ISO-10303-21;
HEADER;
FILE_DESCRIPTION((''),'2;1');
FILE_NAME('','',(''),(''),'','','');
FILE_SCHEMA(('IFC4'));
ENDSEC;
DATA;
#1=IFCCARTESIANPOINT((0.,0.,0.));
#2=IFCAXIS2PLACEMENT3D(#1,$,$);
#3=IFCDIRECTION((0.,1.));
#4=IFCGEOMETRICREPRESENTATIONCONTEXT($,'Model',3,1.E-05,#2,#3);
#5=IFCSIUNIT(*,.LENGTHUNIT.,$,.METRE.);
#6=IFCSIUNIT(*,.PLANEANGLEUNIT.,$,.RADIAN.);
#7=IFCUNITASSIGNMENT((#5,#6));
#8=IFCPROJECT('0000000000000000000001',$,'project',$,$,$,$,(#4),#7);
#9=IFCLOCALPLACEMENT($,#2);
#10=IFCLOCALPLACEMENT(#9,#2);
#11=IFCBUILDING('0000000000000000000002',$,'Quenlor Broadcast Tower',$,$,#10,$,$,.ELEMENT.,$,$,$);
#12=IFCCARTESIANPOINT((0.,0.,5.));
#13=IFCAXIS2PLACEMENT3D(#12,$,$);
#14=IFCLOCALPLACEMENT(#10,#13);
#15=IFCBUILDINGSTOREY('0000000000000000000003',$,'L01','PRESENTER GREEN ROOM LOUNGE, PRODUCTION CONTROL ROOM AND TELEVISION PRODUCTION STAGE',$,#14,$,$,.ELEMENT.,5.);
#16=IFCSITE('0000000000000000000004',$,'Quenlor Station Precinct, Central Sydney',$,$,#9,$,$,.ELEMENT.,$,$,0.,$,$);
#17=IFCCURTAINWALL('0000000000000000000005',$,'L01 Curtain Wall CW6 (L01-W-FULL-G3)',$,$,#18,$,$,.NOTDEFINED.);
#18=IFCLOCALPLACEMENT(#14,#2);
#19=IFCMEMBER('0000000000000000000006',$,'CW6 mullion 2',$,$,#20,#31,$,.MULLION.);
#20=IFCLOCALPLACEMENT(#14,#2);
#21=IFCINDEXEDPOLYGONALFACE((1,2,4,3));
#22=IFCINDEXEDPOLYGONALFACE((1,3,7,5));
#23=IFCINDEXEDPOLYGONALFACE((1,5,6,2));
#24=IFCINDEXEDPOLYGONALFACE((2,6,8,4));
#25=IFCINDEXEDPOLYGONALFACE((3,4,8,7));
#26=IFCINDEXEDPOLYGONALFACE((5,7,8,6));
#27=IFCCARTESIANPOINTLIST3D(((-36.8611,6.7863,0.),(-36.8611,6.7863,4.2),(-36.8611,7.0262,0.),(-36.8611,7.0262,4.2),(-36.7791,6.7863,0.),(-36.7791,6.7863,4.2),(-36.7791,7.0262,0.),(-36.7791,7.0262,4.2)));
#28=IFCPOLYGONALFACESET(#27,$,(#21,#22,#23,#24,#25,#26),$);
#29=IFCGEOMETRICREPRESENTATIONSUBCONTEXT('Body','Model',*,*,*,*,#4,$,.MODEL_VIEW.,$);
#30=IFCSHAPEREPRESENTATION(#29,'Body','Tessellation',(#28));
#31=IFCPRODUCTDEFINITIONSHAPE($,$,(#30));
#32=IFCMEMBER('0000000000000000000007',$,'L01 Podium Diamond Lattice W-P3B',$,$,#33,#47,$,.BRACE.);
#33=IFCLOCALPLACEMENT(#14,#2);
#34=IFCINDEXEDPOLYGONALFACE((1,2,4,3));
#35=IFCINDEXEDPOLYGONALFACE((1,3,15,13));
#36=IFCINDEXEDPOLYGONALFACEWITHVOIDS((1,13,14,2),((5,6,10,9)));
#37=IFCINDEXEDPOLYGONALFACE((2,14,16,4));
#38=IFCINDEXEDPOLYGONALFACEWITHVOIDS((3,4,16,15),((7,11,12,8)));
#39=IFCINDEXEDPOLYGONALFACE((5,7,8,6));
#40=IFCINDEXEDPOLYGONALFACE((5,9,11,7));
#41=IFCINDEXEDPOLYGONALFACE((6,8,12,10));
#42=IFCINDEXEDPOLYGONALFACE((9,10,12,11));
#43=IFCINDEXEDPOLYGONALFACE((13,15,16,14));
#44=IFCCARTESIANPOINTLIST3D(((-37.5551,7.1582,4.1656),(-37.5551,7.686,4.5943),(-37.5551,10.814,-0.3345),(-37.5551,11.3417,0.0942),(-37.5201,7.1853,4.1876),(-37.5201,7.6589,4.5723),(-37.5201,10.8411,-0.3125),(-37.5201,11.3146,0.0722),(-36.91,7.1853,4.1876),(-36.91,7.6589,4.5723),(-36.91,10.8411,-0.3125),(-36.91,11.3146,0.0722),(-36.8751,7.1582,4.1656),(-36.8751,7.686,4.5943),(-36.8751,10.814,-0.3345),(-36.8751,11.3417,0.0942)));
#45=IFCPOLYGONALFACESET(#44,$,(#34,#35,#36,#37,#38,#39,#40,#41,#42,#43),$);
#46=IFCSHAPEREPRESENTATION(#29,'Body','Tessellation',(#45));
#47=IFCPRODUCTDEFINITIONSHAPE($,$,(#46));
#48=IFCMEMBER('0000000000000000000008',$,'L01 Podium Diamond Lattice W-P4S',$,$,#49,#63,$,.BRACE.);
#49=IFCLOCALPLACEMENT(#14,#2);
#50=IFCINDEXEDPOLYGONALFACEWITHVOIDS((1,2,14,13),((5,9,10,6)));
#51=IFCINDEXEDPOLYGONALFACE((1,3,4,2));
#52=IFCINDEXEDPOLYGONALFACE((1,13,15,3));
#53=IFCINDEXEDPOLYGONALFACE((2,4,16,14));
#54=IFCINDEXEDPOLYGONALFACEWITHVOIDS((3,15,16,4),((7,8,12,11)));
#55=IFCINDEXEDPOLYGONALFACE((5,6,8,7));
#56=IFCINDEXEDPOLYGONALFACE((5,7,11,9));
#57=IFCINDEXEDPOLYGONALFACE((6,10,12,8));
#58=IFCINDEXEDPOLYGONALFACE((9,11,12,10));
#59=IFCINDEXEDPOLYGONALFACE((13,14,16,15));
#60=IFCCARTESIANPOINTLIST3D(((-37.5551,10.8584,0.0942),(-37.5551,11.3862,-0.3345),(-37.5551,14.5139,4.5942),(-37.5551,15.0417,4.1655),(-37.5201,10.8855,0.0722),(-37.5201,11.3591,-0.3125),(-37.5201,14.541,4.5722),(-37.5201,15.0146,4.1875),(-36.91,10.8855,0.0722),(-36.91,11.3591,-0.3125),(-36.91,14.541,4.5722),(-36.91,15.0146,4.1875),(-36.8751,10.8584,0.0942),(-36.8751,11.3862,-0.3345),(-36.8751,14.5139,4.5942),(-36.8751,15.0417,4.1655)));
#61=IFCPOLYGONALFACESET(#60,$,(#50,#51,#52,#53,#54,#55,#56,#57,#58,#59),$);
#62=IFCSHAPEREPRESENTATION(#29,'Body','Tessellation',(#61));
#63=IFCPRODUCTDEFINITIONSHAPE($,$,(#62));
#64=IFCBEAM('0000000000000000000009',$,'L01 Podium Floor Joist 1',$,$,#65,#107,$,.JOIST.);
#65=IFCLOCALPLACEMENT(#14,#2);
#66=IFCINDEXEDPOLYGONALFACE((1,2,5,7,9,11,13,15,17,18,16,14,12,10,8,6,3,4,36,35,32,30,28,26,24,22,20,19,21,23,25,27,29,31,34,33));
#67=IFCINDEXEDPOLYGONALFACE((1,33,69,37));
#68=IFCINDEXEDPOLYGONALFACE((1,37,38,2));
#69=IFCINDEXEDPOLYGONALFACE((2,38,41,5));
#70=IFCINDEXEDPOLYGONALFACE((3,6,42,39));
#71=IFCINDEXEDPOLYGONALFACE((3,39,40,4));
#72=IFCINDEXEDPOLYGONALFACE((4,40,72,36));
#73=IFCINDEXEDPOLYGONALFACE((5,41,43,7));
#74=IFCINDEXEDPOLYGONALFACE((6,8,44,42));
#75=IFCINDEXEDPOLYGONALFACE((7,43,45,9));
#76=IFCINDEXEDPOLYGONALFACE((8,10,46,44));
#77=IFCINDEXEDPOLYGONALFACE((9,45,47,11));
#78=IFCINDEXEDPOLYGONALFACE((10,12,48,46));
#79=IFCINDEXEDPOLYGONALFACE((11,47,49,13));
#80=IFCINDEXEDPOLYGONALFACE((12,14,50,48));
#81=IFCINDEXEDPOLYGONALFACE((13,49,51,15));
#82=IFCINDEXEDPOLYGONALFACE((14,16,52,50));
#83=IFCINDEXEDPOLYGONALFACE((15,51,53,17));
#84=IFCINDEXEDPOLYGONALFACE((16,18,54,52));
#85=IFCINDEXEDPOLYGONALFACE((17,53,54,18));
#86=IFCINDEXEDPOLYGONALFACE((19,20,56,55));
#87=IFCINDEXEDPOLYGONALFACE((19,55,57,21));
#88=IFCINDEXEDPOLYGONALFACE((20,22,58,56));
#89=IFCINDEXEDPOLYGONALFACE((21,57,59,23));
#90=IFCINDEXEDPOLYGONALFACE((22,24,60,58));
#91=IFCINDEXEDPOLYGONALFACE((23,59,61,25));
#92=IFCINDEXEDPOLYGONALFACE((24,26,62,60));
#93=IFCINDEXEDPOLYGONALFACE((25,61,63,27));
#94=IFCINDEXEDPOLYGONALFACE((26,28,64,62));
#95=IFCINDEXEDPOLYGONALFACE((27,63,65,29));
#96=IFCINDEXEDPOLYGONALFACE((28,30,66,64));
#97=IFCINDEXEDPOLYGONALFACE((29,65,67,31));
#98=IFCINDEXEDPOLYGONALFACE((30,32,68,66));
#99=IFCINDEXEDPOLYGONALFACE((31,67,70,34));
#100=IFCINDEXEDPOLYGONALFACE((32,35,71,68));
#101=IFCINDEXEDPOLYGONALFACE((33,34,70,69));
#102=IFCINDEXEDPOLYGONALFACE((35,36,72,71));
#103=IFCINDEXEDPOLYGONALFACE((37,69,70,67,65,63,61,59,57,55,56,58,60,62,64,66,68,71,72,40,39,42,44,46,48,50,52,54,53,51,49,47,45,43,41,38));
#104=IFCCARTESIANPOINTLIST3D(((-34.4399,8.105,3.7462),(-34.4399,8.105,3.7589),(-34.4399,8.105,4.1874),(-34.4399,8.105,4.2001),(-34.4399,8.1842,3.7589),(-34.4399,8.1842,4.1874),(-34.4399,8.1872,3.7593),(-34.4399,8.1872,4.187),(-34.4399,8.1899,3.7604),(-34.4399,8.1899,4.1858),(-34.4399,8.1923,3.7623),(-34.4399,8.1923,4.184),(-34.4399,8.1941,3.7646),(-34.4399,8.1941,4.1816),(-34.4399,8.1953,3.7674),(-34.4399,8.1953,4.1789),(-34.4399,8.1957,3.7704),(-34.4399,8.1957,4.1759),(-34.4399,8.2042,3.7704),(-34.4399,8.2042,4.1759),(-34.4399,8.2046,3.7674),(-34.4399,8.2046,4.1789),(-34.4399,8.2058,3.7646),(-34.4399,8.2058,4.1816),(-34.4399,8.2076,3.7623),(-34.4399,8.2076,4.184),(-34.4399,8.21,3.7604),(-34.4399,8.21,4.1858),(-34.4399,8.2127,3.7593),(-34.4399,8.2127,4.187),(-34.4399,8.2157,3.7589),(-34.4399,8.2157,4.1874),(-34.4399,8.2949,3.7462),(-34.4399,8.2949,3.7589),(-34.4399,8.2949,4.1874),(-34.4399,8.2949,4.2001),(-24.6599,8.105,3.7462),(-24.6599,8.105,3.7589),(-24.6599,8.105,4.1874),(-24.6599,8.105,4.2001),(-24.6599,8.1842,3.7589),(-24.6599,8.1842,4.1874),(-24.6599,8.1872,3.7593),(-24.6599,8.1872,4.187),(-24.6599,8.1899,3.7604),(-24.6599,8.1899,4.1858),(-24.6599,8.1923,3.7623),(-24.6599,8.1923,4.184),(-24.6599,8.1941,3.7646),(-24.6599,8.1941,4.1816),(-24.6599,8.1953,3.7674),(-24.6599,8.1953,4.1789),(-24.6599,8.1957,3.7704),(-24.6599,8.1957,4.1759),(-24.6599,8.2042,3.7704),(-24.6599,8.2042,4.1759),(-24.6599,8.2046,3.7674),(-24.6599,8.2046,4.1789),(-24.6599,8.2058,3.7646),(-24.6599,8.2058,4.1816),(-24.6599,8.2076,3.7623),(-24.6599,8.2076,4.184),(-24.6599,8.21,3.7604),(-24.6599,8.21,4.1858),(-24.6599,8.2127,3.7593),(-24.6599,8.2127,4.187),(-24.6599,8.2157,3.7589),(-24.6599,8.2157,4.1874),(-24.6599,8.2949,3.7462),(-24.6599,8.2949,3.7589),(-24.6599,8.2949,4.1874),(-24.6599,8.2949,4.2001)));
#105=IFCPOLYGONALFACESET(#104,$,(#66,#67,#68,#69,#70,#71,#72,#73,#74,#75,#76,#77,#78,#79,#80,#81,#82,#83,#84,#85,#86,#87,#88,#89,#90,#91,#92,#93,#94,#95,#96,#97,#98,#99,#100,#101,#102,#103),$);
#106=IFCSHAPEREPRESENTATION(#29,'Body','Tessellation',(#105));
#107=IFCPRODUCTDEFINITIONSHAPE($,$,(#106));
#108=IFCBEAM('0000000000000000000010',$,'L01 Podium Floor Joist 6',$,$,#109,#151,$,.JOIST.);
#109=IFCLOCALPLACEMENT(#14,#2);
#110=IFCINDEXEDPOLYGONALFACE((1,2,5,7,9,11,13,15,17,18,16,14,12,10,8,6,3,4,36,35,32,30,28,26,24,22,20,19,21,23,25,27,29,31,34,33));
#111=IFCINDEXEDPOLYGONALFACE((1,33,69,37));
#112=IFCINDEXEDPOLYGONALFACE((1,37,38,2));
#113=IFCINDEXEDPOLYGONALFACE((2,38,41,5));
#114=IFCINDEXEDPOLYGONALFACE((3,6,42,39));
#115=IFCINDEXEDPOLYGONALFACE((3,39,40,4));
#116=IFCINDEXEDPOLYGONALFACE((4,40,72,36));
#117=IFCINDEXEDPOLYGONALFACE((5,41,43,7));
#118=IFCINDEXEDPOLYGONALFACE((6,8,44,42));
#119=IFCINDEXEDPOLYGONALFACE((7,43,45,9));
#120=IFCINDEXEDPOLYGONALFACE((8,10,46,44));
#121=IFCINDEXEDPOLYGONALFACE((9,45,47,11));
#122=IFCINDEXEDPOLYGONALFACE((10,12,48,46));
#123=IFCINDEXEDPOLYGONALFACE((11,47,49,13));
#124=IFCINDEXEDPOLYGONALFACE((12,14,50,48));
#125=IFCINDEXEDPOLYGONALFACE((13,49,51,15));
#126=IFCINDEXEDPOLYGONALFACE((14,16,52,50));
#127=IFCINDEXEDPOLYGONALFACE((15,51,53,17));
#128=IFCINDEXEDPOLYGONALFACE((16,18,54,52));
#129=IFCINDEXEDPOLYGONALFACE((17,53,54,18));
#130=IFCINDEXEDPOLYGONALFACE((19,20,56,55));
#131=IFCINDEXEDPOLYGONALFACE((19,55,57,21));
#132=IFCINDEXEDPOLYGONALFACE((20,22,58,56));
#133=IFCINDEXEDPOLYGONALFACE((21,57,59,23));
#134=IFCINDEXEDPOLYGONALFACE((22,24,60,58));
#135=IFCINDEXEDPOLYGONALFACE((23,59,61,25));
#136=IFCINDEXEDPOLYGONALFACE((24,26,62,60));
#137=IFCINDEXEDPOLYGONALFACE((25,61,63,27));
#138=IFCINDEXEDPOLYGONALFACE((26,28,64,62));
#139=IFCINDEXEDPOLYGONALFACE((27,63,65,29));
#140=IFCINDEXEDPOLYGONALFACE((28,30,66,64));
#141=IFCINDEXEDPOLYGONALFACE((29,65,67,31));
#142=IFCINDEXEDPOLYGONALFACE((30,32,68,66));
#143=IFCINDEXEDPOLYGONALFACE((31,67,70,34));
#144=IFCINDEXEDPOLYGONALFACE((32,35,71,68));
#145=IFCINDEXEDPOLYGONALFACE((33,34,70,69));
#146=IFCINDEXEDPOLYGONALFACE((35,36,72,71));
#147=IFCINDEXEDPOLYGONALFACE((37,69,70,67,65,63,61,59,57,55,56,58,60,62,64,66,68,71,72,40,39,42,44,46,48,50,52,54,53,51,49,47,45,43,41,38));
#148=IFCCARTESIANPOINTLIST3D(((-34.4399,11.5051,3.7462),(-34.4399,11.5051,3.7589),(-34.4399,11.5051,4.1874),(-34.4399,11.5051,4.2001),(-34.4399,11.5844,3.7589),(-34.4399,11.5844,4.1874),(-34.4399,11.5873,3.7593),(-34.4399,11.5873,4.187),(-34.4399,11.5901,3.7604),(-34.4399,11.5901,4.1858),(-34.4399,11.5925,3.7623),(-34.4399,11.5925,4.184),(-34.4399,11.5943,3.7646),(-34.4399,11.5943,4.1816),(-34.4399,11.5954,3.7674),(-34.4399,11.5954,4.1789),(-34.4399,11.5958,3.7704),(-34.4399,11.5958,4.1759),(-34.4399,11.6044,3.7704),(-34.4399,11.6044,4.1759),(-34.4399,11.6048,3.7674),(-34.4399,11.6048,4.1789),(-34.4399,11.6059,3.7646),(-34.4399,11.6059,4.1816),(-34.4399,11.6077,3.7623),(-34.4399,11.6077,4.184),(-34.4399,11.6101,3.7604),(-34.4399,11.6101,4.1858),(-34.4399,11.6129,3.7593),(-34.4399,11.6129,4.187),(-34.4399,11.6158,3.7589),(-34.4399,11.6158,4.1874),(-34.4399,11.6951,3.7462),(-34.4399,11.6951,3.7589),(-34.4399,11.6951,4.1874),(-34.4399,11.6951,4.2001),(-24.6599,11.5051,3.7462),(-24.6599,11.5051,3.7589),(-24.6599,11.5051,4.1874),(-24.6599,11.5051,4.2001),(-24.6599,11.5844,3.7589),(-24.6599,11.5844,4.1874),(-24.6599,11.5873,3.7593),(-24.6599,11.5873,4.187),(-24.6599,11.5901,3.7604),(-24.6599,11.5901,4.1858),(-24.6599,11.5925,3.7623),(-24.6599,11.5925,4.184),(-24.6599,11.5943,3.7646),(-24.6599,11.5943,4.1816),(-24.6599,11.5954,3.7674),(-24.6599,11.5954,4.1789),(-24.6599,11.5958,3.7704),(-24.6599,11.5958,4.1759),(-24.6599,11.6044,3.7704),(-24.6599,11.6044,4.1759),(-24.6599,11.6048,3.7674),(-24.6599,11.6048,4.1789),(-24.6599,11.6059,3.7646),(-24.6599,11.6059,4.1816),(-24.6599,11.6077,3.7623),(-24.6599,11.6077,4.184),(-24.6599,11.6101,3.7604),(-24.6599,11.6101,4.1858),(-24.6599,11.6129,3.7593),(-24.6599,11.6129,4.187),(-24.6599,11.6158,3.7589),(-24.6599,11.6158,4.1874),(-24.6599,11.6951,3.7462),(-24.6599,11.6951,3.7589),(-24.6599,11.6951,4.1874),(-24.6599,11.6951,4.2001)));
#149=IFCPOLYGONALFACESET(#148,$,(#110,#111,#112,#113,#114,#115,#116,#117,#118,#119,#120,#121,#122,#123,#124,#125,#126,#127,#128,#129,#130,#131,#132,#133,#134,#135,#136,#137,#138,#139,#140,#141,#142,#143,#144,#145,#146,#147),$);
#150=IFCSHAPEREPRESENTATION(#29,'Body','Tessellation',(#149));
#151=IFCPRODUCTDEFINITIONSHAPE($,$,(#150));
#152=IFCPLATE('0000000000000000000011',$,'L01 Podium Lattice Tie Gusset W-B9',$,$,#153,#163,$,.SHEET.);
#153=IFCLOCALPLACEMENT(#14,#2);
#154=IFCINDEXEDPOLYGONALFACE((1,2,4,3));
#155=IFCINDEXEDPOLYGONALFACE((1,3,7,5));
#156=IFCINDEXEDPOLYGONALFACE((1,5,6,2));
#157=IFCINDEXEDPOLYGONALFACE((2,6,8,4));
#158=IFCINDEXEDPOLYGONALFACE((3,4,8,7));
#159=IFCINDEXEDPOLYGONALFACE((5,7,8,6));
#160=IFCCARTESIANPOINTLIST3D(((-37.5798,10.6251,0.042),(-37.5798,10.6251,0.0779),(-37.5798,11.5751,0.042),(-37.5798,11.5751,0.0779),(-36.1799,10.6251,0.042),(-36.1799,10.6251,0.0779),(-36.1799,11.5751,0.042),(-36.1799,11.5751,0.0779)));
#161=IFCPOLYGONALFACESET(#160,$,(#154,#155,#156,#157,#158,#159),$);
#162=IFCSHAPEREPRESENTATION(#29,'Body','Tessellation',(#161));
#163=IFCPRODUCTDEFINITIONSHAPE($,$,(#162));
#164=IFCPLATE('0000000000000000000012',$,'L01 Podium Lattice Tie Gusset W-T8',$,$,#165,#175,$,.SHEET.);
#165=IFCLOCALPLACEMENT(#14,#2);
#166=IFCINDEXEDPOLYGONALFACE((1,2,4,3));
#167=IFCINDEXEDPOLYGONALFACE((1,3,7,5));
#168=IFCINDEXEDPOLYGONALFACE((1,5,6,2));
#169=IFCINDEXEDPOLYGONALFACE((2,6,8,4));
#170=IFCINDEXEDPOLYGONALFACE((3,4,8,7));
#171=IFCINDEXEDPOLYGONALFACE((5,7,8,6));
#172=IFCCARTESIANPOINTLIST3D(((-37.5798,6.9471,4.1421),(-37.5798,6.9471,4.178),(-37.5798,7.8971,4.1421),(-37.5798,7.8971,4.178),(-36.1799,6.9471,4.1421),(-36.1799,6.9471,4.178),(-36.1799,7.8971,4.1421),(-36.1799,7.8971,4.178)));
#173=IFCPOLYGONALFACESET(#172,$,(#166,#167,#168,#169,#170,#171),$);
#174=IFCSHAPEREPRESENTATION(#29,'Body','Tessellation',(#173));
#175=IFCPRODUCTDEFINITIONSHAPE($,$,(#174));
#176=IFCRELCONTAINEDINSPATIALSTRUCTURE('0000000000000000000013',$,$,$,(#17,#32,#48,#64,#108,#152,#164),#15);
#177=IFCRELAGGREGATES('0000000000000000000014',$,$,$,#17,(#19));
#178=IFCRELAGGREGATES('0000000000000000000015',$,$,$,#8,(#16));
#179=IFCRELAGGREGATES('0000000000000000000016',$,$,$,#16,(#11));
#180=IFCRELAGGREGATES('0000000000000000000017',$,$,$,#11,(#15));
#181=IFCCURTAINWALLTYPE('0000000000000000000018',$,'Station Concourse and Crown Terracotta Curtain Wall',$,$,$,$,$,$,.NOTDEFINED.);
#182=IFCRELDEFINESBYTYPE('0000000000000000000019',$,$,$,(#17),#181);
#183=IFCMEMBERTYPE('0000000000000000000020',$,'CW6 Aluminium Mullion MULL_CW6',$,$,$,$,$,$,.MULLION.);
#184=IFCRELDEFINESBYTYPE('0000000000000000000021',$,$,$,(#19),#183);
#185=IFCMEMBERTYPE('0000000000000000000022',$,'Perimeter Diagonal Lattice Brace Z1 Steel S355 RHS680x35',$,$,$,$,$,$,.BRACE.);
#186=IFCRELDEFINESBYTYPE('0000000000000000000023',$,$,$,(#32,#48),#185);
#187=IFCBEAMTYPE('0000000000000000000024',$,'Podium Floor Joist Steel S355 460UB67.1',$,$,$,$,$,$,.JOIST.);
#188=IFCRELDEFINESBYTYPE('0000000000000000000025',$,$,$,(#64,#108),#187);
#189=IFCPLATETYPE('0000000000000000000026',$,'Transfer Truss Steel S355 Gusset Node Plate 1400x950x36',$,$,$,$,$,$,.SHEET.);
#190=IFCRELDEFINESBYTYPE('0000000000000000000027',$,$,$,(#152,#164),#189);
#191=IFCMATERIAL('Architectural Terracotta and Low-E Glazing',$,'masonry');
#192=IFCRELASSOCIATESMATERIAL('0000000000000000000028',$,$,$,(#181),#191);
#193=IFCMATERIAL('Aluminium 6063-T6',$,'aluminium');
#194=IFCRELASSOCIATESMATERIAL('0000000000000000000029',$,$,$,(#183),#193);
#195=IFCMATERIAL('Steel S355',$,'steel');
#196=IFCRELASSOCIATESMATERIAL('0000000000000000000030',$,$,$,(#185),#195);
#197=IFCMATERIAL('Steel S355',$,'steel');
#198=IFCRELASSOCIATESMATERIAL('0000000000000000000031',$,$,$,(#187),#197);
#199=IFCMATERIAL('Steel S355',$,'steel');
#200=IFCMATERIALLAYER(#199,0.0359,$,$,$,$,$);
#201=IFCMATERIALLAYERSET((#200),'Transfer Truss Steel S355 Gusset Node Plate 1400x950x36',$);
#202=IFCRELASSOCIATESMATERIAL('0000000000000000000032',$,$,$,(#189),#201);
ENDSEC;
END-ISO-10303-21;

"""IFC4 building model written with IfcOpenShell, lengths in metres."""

from ifc_helpers import new_model, si_unit, direction, frame, origin, origin_2d, place, context, subcontext, project, spatial, rectangle, hollow_rectangle, i_section, extrude, material, layer, layer_set, material_profile, profile_set, type_object, element, aggregate, save


model = new_model("IFC4")

# Units and contexts
model_context = context("Model", 3, precision=1e-05, world=origin(), true_north=direction((0.0, 1.0)))
body_context = subcontext(model_context, "Body", "Model", "MODEL_VIEW")
ifc_project = project(units=[si_unit("LENGTHUNIT", "METRE"), si_unit("PLANEANGLEUNIT", "RADIAN")], contexts=[model_context])

# Site, building, storey
site_placement = place(None, origin())
site = spatial("IfcSite", under=ifc_project, at=site_placement, Name="Quenlor Station Precinct, Central Sydney", CompositionType="ELEMENT", RefElevation=0.0)
building_placement = place(site_placement, origin())
building = spatial("IfcBuilding", under=site, at=building_placement, Name="Quenlor Broadcast Tower", CompositionType="ELEMENT")
storey_placement = place(building_placement, frame((0.0, 0.0, 5.0)))
storey = spatial("IfcBuildingStorey", under=building, at=storey_placement, Name="L01", Description="PRESENTER GREEN ROOM LOUNGE, PRODUCTION CONTROL ROOM AND TELEVISION PRODUCTION STAGE", CompositionType="ELEMENT", Elevation=5.0)

# Curtain wall, member
ifc_material_1 = material(Name="Architectural Terracotta and Low-E Glazing", Category="masonry")
curtain_wall_type = type_object("IfcCurtainWallType", Name="Station Concourse and Crown Terracotta Curtain Wall", PredefinedType="NOTDEFINED", material=ifc_material_1)
curtain_wall_placement = place(storey_placement, origin())
curtain_wall = element("IfcCurtainWall", 1, at=curtain_wall_placement, inside=storey, type_object=curtain_wall_type, Name="L01 Curtain Wall CW6 (L01-W-FULL-G3)", PredefinedType="NOTDEFINED")
ifc_material_2 = material(Name="Aluminium 6063-T6", Category="aluminium")
ifc_material_profile_1 = material_profile(ifc_material_2, rectangle(XDim=0.082, YDim=0.24, at=origin_2d()))
ifc_profile_set_1 = profile_set([ifc_material_profile_1], Name="Aluminium 6063-T6 MULL82x240")
member_type_1 = type_object("IfcMemberType", Name="CW6 Aluminium Mullion MULL_CW6", PredefinedType="MULLION", material=ifc_profile_set_1)
member_1_placement = place(storey_placement, frame((-36.8201, 6.9062, 0.0), z_axis=(0.0, 0.0, 1.0), x_axis=(-1.0, 0.0, 0.0)))
member_1 = element("IfcMember", 2, at=member_1_placement, type_object=member_type_1, Name="CW6 mullion 2", PredefinedType="MULLION", context=body_context, shape_type="SweptSolid", body=[
    extrude(rectangle(XDim=0.082, YDim=0.24, at=origin_2d()), origin(), (0.0, 0.0, 1.0), 4.2),
])
aggregate(curtain_wall, [member_1])

# Members
ifc_material_3 = material(Name="Steel S355", Category="steel")
ifc_material_profile_2 = material_profile(ifc_material_3, hollow_rectangle(XDim=0.6799, YDim=0.6799, WallThickness=0.0349, at=origin_2d()))
ifc_profile_set_2 = profile_set([ifc_material_profile_2], Name="Steel S355 RHS680x680x35")
member_type_2 = type_object("IfcMemberType", Name="Perimeter Diagonal Lattice Brace Z1 Steel S355 RHS680x35", PredefinedType="BRACE", material=ifc_profile_set_2)
member_2_placement = place(storey_placement, frame((-37.2151, 11.0779, -0.1201), z_axis=(0.0, -0.630542, 0.776155), x_axis=(1.0, 0.0, 0.0)))
element("IfcMember", 3, at=member_2_placement, inside=storey, type_object=member_type_2, Name="L01 Podium Diamond Lattice W-P3B", PredefinedType="BRACE", context=body_context, shape_type="SweptSolid", body=[
    extrude(hollow_rectangle(XDim=0.6799, YDim=0.6799, WallThickness=0.0349, at=origin_2d()), origin(), (0.0, 0.0, 1.0), 5.7979),
])
member_3_placement = place(storey_placement, frame((-37.2151, 11.1223, -0.1201), z_axis=(0.0, 0.630517, 0.776176), x_axis=(-1.0, 0.0, 0.0)))
element("IfcMember", 4, at=member_3_placement, inside=storey, type_object=member_type_2, Name="L01 Podium Diamond Lattice W-P4S", PredefinedType="BRACE", context=body_context, shape_type="SweptSolid", body=[
    extrude(hollow_rectangle(XDim=0.6799, YDim=0.6799, WallThickness=0.0349, at=origin_2d()), origin(), (0.0, 0.0, 1.0), 5.7976),
])

# Beams
ifc_material_4 = material(Name="Steel S355", Category="steel")
ifc_material_profile_3 = material_profile(ifc_material_4, i_section(OverallWidth=0.1899, OverallDepth=0.4539, WebThickness=0.0085, FlangeThickness=0.0127, FilletRadius=0.0115, at=origin_2d()))
ifc_profile_set_3 = profile_set([ifc_material_profile_3], Name="Steel S355 460UB67.1")
beam_type = type_object("IfcBeamType", Name="Podium Floor Joist Steel S355 460UB67.1", PredefinedType="JOIST", material=ifc_profile_set_3)
for number, where, z_axis, x_axis, name in (
    (5, (-34.4399, 8.2, 3.9731), (1.0, 0.0, 0.0), (0.0, 1.0, 0.0), "L01 Podium Floor Joist 1"),
    (6, (-34.4399, 11.6001, 3.9731), (1.0, 0.0, 0.0), (0.0, 1.0, 0.0), "L01 Podium Floor Joist 6"),
):
    element("IfcBeam", number, at=place(storey_placement, frame(where, z_axis=z_axis, x_axis=x_axis)), inside=storey, type_object=beam_type, Name=name, PredefinedType="JOIST", context=body_context, shape_type="SweptSolid", body=[
        extrude(i_section(OverallWidth=0.1899, OverallDepth=0.4539, WebThickness=0.0085, FlangeThickness=0.0127, FilletRadius=0.0115, at=origin_2d()), origin(), (0.0, 0.0, 1.0), 9.78),
    ])

# Plates
ifc_material_5 = material(Name="Steel S355", Category="steel")
ifc_layer_1 = layer(ifc_material_5, 0.0359)
ifc_layer_set_1 = layer_set([ifc_layer_1], Name="Transfer Truss Steel S355 Gusset Node Plate 1400x950x36")
plate_type = type_object("IfcPlateType", Name="Transfer Truss Steel S355 Gusset Node Plate 1400x950x36", PredefinedType="SHEET", material=ifc_layer_set_1)
for number, where, z_axis, x_axis, name in (
    (7, (-36.8799, 11.1001, 0.042), (0.0, 0.0, 1.0), (-1.0, 0.0, 0.0), "L01 Podium Lattice Tie Gusset W-B9"),
    (8, (-36.8799, 7.4221, 4.1421), (0.0, 0.0, 1.0), (-1.0, 0.0, 0.0), "L01 Podium Lattice Tie Gusset W-T8"),
):
    element("IfcPlate", number, at=place(storey_placement, frame(where, z_axis=z_axis, x_axis=x_axis)), inside=storey, type_object=plate_type, Name=name, PredefinedType="SHEET", context=body_context, shape_type="SweptSolid", body=[
        extrude(rectangle(XDim=1.3999, YDim=0.95, at=origin_2d()), origin(), (0.0, 0.0, 1.0), 0.0359),
    ])

save(model, "model.ifc")
